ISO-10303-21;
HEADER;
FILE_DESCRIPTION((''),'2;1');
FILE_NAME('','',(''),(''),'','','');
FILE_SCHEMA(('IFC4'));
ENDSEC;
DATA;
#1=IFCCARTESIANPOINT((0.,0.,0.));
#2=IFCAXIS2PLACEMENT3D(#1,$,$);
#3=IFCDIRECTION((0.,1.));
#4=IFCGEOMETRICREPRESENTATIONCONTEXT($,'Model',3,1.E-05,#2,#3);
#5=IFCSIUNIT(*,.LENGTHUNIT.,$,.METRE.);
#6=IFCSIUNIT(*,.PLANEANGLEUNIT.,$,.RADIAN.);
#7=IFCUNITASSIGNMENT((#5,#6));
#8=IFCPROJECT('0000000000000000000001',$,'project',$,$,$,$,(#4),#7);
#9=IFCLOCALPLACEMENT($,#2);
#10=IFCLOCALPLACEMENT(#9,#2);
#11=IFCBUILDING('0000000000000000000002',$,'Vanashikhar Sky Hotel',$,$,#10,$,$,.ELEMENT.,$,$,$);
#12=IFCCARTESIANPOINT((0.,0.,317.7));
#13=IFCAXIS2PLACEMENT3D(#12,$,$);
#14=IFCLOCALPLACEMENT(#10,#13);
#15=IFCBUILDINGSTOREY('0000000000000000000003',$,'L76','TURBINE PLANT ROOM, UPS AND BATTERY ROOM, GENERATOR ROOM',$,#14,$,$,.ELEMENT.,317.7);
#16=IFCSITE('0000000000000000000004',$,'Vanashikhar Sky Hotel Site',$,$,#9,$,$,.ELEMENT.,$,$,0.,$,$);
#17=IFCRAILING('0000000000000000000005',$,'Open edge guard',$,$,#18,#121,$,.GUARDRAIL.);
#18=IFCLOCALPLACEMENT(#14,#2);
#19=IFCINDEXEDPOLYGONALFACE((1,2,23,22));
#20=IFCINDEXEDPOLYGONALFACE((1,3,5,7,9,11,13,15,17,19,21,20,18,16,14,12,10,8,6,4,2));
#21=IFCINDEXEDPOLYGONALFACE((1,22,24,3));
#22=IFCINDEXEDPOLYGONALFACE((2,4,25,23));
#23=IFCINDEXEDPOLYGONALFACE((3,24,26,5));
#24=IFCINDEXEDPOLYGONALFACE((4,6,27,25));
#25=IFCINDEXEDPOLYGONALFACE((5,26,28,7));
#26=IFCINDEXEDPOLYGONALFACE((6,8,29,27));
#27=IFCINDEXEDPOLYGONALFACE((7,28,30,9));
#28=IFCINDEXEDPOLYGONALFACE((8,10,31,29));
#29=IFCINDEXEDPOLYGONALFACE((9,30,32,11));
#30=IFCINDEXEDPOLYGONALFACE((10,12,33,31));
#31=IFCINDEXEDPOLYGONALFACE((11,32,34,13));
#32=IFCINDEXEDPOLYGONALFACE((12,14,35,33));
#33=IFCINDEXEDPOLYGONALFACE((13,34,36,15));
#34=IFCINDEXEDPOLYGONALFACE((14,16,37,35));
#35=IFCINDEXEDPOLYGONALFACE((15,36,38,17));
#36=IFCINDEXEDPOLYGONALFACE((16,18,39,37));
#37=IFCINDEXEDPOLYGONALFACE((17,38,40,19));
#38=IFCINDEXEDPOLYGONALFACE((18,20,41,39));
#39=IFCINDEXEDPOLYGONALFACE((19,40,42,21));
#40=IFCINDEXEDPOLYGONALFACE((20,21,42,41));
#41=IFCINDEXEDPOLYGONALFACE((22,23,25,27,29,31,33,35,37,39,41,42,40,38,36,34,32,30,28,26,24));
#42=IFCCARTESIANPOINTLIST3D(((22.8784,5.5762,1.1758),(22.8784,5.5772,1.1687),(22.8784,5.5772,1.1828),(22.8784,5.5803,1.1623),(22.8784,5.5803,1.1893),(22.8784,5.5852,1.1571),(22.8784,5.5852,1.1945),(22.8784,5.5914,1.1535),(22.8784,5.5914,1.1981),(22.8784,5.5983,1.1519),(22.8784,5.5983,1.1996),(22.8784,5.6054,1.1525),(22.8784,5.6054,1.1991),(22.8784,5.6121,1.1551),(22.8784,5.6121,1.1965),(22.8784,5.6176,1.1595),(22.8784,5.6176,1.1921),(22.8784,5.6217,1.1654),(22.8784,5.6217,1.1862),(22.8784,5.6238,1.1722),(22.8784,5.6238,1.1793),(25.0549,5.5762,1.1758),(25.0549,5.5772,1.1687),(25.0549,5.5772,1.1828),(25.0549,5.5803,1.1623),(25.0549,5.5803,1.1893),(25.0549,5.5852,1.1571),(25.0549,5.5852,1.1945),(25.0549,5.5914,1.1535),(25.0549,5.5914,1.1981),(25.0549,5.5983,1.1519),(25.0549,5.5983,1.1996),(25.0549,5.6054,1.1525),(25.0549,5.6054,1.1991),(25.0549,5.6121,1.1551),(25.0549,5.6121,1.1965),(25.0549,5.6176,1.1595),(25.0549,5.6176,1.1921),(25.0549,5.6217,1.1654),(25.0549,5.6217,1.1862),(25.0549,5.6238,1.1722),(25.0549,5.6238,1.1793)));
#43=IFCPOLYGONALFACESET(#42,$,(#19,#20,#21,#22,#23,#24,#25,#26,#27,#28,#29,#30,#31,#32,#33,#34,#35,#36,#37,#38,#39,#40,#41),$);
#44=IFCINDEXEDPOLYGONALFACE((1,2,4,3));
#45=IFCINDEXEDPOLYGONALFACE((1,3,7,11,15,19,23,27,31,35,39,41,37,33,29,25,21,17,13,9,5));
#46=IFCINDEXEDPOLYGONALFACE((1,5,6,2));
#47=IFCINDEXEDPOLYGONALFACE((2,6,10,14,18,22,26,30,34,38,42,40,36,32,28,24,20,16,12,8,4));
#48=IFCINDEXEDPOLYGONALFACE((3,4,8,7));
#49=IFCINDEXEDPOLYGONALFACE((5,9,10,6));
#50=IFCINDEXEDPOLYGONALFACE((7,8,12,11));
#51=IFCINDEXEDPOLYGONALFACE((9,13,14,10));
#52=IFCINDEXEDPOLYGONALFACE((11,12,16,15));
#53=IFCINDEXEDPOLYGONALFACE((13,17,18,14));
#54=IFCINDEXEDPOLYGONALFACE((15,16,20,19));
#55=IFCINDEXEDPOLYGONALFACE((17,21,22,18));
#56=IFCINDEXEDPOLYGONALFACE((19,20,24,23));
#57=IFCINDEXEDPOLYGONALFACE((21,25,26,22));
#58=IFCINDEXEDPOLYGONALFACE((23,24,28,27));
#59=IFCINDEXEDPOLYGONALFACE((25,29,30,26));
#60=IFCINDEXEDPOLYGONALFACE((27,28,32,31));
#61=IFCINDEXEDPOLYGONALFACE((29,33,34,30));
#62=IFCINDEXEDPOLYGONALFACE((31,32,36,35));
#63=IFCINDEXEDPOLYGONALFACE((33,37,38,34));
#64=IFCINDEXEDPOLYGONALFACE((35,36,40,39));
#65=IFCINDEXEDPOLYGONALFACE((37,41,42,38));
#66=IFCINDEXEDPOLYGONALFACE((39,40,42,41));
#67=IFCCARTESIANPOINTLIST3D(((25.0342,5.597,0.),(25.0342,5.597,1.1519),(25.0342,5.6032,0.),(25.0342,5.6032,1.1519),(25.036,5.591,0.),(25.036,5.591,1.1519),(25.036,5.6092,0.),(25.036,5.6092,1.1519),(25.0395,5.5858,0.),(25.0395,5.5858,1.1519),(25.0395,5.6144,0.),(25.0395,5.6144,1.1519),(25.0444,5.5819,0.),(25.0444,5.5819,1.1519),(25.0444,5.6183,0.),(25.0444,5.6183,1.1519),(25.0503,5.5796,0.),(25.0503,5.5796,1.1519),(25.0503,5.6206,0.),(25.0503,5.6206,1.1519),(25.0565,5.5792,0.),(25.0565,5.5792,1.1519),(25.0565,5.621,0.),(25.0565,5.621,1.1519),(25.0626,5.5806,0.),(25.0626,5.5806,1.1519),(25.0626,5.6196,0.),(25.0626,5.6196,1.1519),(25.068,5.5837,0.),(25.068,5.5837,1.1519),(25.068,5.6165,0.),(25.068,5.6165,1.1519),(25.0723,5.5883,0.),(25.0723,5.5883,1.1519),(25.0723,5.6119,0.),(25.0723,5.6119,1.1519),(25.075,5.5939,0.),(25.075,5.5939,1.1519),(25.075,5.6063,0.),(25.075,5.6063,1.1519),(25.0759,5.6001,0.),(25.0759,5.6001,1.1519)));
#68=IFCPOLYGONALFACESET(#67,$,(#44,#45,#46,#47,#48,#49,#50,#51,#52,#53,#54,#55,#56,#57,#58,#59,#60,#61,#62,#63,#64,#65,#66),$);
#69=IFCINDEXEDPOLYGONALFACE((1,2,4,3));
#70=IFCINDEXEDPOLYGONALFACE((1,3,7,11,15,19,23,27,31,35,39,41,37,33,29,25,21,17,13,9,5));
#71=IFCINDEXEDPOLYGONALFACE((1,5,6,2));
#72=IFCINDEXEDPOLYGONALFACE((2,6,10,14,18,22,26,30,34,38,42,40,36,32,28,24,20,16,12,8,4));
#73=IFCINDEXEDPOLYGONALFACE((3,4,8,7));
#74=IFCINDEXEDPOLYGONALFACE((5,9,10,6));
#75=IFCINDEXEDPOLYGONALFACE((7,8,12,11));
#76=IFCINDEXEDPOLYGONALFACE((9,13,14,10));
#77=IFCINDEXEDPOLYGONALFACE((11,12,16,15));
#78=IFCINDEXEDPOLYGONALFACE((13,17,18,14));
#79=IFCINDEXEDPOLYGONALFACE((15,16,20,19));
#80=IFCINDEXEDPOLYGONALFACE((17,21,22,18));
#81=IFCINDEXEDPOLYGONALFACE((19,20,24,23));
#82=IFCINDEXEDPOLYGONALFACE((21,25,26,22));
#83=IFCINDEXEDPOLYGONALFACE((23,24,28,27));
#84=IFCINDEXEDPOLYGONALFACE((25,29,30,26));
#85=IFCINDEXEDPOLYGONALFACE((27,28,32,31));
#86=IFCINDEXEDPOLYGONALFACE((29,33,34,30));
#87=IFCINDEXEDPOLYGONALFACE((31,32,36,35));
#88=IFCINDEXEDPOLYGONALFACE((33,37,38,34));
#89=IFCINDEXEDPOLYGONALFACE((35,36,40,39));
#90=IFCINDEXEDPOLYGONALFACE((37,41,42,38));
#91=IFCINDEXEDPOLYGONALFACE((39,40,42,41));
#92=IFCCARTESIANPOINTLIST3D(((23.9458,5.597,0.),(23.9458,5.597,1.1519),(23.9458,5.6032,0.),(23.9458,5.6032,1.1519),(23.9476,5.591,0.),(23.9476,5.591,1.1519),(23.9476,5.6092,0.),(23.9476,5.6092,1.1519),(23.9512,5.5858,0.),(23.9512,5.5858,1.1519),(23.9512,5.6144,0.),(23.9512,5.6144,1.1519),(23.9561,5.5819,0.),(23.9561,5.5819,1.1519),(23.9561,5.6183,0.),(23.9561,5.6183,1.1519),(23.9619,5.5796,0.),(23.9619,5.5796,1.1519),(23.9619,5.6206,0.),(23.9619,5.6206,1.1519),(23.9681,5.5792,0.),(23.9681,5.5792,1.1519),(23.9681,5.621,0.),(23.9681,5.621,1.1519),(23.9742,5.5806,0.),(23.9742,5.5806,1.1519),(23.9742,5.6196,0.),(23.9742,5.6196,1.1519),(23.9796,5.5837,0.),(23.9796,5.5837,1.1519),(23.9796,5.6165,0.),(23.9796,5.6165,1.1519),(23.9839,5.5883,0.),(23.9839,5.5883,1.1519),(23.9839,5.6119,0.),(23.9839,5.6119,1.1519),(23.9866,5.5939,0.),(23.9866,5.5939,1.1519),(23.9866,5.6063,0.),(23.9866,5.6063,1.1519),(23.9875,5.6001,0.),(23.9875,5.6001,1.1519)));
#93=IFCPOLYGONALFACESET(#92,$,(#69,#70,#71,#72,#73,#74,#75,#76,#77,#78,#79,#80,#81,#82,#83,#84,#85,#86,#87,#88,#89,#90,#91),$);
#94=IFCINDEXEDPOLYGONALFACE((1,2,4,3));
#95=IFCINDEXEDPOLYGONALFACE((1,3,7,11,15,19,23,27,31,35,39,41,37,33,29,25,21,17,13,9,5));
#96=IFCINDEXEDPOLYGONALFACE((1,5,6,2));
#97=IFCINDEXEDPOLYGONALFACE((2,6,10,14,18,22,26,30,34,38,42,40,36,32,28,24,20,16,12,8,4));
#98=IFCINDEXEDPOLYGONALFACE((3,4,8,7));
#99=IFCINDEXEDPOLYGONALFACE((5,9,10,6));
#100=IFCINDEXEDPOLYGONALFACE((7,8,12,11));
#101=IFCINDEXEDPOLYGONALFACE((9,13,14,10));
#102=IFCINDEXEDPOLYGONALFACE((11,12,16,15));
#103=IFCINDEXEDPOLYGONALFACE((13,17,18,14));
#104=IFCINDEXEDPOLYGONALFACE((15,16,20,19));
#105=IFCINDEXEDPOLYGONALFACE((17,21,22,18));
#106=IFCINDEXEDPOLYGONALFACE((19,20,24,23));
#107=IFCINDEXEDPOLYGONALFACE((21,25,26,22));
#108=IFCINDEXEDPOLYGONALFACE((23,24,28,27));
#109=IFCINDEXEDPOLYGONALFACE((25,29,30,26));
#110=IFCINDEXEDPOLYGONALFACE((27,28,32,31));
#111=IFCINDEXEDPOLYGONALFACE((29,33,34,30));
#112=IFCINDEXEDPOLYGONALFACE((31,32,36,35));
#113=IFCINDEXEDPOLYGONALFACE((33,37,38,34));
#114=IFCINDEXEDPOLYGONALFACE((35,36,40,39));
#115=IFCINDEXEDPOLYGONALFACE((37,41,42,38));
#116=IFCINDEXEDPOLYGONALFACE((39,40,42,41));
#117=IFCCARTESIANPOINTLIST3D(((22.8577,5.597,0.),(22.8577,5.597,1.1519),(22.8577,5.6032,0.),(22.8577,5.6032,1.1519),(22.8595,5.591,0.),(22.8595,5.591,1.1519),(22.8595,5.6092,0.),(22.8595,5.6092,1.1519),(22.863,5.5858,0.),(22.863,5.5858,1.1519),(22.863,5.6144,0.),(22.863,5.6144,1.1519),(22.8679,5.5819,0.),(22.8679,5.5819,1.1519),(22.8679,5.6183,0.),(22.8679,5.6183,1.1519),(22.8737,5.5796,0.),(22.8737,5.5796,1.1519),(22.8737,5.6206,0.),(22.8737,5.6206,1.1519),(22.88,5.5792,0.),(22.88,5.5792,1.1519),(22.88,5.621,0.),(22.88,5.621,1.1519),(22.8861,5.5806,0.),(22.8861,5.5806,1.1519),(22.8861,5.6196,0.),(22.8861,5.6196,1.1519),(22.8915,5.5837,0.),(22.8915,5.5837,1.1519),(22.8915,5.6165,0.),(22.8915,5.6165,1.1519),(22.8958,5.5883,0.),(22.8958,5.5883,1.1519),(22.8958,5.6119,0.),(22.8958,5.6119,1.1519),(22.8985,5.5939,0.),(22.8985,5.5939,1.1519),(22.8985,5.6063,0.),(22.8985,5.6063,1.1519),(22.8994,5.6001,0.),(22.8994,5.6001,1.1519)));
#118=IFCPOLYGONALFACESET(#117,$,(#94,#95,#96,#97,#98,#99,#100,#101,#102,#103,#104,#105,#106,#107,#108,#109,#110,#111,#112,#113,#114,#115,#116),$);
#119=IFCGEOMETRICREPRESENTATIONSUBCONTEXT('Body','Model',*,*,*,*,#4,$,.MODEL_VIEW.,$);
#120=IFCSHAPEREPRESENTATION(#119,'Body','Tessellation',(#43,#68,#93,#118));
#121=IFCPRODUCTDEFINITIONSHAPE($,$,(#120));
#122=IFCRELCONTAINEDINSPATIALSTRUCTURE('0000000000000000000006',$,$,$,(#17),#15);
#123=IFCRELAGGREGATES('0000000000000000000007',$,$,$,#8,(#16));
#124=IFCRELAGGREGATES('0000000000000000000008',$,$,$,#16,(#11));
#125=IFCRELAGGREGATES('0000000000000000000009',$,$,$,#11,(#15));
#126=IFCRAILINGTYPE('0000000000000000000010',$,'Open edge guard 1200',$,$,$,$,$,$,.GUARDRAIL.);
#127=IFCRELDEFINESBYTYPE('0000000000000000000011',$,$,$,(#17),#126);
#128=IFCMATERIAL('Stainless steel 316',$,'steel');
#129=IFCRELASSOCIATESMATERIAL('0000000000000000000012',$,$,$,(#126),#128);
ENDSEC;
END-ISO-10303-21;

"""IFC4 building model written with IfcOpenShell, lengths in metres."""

from ifc_helpers import new_model, si_unit, direction, frame, origin, origin_2d, place, context, subcontext, project, spatial, circle, extrude, source, transform, mapped, material, type_object, element, save


model = new_model("IFC4")

# Units and contexts
model_context = context("Model", 3, precision=1e-05, world=origin(), true_north=direction((0.0, 1.0)))
body_context = subcontext(model_context, "Body", "Model", "MODEL_VIEW")
ifc_project = project(units=[si_unit("LENGTHUNIT", "METRE"), si_unit("PLANEANGLEUNIT", "RADIAN")], contexts=[model_context])

# Site, building, storey
site_placement = place(None, origin())
site = spatial("IfcSite", under=ifc_project, at=site_placement, Name="Vanashikhar Sky Hotel Site", CompositionType="ELEMENT", RefElevation=0.0)
building_placement = place(site_placement, origin())
building = spatial("IfcBuilding", under=site, at=building_placement, Name="Vanashikhar Sky Hotel", CompositionType="ELEMENT")
storey_placement = place(building_placement, frame((0.0, 0.0, 317.7)))
storey = spatial("IfcBuildingStorey", under=building, at=storey_placement, Name="L76", Description="TURBINE PLANT ROOM, UPS AND BATTERY ROOM, GENERATOR ROOM", CompositionType="ELEMENT", Elevation=317.7)

# Railing
ifc_material_1 = material(Name="Stainless steel 316", Category="steel")
railing_type = type_object("IfcRailingType", Name="Open edge guard 1200", PredefinedType="GUARDRAIL", material=ifc_material_1)
shared_shape_1 = source(origin(), body_context, "Body", "SweptSolid", [
    extrude(circle(Radius=0.0239, at=origin_2d()), frame((0.0, 0.0, 1.1758), z_axis=(-1.0, 0.0, 0.0), x_axis=(0.0, -1.0, 0.0)), (0.0, 0.0, 1.0), 2.1765),
    extrude(circle(Radius=0.021, at=origin_2d()), origin(), (0.0, 0.0, 1.0), 1.1519),
    extrude(circle(Radius=0.021, at=origin_2d()), frame((-1.0884, 0.0, 0.0)), (0.0, 0.0, 1.0), 1.1519),
    extrude(circle(Radius=0.021, at=origin_2d()), frame((-2.1765, 0.0, 0.0)), (0.0, 0.0, 1.0), 1.1519),
])
railing_1_placement = place(storey_placement, frame((25.0549, 5.6001, 0.0)))
element("IfcRailing", 1, at=railing_1_placement, inside=storey, type_object=railing_type, Name="Open edge guard", PredefinedType="GUARDRAIL", context=body_context, shape_type="MappedRepresentation", body=[
    mapped(shared_shape_1, transform((0.0, 0.0, 0.0), scale=1.0)),
])

save(model, "model.ifc")
